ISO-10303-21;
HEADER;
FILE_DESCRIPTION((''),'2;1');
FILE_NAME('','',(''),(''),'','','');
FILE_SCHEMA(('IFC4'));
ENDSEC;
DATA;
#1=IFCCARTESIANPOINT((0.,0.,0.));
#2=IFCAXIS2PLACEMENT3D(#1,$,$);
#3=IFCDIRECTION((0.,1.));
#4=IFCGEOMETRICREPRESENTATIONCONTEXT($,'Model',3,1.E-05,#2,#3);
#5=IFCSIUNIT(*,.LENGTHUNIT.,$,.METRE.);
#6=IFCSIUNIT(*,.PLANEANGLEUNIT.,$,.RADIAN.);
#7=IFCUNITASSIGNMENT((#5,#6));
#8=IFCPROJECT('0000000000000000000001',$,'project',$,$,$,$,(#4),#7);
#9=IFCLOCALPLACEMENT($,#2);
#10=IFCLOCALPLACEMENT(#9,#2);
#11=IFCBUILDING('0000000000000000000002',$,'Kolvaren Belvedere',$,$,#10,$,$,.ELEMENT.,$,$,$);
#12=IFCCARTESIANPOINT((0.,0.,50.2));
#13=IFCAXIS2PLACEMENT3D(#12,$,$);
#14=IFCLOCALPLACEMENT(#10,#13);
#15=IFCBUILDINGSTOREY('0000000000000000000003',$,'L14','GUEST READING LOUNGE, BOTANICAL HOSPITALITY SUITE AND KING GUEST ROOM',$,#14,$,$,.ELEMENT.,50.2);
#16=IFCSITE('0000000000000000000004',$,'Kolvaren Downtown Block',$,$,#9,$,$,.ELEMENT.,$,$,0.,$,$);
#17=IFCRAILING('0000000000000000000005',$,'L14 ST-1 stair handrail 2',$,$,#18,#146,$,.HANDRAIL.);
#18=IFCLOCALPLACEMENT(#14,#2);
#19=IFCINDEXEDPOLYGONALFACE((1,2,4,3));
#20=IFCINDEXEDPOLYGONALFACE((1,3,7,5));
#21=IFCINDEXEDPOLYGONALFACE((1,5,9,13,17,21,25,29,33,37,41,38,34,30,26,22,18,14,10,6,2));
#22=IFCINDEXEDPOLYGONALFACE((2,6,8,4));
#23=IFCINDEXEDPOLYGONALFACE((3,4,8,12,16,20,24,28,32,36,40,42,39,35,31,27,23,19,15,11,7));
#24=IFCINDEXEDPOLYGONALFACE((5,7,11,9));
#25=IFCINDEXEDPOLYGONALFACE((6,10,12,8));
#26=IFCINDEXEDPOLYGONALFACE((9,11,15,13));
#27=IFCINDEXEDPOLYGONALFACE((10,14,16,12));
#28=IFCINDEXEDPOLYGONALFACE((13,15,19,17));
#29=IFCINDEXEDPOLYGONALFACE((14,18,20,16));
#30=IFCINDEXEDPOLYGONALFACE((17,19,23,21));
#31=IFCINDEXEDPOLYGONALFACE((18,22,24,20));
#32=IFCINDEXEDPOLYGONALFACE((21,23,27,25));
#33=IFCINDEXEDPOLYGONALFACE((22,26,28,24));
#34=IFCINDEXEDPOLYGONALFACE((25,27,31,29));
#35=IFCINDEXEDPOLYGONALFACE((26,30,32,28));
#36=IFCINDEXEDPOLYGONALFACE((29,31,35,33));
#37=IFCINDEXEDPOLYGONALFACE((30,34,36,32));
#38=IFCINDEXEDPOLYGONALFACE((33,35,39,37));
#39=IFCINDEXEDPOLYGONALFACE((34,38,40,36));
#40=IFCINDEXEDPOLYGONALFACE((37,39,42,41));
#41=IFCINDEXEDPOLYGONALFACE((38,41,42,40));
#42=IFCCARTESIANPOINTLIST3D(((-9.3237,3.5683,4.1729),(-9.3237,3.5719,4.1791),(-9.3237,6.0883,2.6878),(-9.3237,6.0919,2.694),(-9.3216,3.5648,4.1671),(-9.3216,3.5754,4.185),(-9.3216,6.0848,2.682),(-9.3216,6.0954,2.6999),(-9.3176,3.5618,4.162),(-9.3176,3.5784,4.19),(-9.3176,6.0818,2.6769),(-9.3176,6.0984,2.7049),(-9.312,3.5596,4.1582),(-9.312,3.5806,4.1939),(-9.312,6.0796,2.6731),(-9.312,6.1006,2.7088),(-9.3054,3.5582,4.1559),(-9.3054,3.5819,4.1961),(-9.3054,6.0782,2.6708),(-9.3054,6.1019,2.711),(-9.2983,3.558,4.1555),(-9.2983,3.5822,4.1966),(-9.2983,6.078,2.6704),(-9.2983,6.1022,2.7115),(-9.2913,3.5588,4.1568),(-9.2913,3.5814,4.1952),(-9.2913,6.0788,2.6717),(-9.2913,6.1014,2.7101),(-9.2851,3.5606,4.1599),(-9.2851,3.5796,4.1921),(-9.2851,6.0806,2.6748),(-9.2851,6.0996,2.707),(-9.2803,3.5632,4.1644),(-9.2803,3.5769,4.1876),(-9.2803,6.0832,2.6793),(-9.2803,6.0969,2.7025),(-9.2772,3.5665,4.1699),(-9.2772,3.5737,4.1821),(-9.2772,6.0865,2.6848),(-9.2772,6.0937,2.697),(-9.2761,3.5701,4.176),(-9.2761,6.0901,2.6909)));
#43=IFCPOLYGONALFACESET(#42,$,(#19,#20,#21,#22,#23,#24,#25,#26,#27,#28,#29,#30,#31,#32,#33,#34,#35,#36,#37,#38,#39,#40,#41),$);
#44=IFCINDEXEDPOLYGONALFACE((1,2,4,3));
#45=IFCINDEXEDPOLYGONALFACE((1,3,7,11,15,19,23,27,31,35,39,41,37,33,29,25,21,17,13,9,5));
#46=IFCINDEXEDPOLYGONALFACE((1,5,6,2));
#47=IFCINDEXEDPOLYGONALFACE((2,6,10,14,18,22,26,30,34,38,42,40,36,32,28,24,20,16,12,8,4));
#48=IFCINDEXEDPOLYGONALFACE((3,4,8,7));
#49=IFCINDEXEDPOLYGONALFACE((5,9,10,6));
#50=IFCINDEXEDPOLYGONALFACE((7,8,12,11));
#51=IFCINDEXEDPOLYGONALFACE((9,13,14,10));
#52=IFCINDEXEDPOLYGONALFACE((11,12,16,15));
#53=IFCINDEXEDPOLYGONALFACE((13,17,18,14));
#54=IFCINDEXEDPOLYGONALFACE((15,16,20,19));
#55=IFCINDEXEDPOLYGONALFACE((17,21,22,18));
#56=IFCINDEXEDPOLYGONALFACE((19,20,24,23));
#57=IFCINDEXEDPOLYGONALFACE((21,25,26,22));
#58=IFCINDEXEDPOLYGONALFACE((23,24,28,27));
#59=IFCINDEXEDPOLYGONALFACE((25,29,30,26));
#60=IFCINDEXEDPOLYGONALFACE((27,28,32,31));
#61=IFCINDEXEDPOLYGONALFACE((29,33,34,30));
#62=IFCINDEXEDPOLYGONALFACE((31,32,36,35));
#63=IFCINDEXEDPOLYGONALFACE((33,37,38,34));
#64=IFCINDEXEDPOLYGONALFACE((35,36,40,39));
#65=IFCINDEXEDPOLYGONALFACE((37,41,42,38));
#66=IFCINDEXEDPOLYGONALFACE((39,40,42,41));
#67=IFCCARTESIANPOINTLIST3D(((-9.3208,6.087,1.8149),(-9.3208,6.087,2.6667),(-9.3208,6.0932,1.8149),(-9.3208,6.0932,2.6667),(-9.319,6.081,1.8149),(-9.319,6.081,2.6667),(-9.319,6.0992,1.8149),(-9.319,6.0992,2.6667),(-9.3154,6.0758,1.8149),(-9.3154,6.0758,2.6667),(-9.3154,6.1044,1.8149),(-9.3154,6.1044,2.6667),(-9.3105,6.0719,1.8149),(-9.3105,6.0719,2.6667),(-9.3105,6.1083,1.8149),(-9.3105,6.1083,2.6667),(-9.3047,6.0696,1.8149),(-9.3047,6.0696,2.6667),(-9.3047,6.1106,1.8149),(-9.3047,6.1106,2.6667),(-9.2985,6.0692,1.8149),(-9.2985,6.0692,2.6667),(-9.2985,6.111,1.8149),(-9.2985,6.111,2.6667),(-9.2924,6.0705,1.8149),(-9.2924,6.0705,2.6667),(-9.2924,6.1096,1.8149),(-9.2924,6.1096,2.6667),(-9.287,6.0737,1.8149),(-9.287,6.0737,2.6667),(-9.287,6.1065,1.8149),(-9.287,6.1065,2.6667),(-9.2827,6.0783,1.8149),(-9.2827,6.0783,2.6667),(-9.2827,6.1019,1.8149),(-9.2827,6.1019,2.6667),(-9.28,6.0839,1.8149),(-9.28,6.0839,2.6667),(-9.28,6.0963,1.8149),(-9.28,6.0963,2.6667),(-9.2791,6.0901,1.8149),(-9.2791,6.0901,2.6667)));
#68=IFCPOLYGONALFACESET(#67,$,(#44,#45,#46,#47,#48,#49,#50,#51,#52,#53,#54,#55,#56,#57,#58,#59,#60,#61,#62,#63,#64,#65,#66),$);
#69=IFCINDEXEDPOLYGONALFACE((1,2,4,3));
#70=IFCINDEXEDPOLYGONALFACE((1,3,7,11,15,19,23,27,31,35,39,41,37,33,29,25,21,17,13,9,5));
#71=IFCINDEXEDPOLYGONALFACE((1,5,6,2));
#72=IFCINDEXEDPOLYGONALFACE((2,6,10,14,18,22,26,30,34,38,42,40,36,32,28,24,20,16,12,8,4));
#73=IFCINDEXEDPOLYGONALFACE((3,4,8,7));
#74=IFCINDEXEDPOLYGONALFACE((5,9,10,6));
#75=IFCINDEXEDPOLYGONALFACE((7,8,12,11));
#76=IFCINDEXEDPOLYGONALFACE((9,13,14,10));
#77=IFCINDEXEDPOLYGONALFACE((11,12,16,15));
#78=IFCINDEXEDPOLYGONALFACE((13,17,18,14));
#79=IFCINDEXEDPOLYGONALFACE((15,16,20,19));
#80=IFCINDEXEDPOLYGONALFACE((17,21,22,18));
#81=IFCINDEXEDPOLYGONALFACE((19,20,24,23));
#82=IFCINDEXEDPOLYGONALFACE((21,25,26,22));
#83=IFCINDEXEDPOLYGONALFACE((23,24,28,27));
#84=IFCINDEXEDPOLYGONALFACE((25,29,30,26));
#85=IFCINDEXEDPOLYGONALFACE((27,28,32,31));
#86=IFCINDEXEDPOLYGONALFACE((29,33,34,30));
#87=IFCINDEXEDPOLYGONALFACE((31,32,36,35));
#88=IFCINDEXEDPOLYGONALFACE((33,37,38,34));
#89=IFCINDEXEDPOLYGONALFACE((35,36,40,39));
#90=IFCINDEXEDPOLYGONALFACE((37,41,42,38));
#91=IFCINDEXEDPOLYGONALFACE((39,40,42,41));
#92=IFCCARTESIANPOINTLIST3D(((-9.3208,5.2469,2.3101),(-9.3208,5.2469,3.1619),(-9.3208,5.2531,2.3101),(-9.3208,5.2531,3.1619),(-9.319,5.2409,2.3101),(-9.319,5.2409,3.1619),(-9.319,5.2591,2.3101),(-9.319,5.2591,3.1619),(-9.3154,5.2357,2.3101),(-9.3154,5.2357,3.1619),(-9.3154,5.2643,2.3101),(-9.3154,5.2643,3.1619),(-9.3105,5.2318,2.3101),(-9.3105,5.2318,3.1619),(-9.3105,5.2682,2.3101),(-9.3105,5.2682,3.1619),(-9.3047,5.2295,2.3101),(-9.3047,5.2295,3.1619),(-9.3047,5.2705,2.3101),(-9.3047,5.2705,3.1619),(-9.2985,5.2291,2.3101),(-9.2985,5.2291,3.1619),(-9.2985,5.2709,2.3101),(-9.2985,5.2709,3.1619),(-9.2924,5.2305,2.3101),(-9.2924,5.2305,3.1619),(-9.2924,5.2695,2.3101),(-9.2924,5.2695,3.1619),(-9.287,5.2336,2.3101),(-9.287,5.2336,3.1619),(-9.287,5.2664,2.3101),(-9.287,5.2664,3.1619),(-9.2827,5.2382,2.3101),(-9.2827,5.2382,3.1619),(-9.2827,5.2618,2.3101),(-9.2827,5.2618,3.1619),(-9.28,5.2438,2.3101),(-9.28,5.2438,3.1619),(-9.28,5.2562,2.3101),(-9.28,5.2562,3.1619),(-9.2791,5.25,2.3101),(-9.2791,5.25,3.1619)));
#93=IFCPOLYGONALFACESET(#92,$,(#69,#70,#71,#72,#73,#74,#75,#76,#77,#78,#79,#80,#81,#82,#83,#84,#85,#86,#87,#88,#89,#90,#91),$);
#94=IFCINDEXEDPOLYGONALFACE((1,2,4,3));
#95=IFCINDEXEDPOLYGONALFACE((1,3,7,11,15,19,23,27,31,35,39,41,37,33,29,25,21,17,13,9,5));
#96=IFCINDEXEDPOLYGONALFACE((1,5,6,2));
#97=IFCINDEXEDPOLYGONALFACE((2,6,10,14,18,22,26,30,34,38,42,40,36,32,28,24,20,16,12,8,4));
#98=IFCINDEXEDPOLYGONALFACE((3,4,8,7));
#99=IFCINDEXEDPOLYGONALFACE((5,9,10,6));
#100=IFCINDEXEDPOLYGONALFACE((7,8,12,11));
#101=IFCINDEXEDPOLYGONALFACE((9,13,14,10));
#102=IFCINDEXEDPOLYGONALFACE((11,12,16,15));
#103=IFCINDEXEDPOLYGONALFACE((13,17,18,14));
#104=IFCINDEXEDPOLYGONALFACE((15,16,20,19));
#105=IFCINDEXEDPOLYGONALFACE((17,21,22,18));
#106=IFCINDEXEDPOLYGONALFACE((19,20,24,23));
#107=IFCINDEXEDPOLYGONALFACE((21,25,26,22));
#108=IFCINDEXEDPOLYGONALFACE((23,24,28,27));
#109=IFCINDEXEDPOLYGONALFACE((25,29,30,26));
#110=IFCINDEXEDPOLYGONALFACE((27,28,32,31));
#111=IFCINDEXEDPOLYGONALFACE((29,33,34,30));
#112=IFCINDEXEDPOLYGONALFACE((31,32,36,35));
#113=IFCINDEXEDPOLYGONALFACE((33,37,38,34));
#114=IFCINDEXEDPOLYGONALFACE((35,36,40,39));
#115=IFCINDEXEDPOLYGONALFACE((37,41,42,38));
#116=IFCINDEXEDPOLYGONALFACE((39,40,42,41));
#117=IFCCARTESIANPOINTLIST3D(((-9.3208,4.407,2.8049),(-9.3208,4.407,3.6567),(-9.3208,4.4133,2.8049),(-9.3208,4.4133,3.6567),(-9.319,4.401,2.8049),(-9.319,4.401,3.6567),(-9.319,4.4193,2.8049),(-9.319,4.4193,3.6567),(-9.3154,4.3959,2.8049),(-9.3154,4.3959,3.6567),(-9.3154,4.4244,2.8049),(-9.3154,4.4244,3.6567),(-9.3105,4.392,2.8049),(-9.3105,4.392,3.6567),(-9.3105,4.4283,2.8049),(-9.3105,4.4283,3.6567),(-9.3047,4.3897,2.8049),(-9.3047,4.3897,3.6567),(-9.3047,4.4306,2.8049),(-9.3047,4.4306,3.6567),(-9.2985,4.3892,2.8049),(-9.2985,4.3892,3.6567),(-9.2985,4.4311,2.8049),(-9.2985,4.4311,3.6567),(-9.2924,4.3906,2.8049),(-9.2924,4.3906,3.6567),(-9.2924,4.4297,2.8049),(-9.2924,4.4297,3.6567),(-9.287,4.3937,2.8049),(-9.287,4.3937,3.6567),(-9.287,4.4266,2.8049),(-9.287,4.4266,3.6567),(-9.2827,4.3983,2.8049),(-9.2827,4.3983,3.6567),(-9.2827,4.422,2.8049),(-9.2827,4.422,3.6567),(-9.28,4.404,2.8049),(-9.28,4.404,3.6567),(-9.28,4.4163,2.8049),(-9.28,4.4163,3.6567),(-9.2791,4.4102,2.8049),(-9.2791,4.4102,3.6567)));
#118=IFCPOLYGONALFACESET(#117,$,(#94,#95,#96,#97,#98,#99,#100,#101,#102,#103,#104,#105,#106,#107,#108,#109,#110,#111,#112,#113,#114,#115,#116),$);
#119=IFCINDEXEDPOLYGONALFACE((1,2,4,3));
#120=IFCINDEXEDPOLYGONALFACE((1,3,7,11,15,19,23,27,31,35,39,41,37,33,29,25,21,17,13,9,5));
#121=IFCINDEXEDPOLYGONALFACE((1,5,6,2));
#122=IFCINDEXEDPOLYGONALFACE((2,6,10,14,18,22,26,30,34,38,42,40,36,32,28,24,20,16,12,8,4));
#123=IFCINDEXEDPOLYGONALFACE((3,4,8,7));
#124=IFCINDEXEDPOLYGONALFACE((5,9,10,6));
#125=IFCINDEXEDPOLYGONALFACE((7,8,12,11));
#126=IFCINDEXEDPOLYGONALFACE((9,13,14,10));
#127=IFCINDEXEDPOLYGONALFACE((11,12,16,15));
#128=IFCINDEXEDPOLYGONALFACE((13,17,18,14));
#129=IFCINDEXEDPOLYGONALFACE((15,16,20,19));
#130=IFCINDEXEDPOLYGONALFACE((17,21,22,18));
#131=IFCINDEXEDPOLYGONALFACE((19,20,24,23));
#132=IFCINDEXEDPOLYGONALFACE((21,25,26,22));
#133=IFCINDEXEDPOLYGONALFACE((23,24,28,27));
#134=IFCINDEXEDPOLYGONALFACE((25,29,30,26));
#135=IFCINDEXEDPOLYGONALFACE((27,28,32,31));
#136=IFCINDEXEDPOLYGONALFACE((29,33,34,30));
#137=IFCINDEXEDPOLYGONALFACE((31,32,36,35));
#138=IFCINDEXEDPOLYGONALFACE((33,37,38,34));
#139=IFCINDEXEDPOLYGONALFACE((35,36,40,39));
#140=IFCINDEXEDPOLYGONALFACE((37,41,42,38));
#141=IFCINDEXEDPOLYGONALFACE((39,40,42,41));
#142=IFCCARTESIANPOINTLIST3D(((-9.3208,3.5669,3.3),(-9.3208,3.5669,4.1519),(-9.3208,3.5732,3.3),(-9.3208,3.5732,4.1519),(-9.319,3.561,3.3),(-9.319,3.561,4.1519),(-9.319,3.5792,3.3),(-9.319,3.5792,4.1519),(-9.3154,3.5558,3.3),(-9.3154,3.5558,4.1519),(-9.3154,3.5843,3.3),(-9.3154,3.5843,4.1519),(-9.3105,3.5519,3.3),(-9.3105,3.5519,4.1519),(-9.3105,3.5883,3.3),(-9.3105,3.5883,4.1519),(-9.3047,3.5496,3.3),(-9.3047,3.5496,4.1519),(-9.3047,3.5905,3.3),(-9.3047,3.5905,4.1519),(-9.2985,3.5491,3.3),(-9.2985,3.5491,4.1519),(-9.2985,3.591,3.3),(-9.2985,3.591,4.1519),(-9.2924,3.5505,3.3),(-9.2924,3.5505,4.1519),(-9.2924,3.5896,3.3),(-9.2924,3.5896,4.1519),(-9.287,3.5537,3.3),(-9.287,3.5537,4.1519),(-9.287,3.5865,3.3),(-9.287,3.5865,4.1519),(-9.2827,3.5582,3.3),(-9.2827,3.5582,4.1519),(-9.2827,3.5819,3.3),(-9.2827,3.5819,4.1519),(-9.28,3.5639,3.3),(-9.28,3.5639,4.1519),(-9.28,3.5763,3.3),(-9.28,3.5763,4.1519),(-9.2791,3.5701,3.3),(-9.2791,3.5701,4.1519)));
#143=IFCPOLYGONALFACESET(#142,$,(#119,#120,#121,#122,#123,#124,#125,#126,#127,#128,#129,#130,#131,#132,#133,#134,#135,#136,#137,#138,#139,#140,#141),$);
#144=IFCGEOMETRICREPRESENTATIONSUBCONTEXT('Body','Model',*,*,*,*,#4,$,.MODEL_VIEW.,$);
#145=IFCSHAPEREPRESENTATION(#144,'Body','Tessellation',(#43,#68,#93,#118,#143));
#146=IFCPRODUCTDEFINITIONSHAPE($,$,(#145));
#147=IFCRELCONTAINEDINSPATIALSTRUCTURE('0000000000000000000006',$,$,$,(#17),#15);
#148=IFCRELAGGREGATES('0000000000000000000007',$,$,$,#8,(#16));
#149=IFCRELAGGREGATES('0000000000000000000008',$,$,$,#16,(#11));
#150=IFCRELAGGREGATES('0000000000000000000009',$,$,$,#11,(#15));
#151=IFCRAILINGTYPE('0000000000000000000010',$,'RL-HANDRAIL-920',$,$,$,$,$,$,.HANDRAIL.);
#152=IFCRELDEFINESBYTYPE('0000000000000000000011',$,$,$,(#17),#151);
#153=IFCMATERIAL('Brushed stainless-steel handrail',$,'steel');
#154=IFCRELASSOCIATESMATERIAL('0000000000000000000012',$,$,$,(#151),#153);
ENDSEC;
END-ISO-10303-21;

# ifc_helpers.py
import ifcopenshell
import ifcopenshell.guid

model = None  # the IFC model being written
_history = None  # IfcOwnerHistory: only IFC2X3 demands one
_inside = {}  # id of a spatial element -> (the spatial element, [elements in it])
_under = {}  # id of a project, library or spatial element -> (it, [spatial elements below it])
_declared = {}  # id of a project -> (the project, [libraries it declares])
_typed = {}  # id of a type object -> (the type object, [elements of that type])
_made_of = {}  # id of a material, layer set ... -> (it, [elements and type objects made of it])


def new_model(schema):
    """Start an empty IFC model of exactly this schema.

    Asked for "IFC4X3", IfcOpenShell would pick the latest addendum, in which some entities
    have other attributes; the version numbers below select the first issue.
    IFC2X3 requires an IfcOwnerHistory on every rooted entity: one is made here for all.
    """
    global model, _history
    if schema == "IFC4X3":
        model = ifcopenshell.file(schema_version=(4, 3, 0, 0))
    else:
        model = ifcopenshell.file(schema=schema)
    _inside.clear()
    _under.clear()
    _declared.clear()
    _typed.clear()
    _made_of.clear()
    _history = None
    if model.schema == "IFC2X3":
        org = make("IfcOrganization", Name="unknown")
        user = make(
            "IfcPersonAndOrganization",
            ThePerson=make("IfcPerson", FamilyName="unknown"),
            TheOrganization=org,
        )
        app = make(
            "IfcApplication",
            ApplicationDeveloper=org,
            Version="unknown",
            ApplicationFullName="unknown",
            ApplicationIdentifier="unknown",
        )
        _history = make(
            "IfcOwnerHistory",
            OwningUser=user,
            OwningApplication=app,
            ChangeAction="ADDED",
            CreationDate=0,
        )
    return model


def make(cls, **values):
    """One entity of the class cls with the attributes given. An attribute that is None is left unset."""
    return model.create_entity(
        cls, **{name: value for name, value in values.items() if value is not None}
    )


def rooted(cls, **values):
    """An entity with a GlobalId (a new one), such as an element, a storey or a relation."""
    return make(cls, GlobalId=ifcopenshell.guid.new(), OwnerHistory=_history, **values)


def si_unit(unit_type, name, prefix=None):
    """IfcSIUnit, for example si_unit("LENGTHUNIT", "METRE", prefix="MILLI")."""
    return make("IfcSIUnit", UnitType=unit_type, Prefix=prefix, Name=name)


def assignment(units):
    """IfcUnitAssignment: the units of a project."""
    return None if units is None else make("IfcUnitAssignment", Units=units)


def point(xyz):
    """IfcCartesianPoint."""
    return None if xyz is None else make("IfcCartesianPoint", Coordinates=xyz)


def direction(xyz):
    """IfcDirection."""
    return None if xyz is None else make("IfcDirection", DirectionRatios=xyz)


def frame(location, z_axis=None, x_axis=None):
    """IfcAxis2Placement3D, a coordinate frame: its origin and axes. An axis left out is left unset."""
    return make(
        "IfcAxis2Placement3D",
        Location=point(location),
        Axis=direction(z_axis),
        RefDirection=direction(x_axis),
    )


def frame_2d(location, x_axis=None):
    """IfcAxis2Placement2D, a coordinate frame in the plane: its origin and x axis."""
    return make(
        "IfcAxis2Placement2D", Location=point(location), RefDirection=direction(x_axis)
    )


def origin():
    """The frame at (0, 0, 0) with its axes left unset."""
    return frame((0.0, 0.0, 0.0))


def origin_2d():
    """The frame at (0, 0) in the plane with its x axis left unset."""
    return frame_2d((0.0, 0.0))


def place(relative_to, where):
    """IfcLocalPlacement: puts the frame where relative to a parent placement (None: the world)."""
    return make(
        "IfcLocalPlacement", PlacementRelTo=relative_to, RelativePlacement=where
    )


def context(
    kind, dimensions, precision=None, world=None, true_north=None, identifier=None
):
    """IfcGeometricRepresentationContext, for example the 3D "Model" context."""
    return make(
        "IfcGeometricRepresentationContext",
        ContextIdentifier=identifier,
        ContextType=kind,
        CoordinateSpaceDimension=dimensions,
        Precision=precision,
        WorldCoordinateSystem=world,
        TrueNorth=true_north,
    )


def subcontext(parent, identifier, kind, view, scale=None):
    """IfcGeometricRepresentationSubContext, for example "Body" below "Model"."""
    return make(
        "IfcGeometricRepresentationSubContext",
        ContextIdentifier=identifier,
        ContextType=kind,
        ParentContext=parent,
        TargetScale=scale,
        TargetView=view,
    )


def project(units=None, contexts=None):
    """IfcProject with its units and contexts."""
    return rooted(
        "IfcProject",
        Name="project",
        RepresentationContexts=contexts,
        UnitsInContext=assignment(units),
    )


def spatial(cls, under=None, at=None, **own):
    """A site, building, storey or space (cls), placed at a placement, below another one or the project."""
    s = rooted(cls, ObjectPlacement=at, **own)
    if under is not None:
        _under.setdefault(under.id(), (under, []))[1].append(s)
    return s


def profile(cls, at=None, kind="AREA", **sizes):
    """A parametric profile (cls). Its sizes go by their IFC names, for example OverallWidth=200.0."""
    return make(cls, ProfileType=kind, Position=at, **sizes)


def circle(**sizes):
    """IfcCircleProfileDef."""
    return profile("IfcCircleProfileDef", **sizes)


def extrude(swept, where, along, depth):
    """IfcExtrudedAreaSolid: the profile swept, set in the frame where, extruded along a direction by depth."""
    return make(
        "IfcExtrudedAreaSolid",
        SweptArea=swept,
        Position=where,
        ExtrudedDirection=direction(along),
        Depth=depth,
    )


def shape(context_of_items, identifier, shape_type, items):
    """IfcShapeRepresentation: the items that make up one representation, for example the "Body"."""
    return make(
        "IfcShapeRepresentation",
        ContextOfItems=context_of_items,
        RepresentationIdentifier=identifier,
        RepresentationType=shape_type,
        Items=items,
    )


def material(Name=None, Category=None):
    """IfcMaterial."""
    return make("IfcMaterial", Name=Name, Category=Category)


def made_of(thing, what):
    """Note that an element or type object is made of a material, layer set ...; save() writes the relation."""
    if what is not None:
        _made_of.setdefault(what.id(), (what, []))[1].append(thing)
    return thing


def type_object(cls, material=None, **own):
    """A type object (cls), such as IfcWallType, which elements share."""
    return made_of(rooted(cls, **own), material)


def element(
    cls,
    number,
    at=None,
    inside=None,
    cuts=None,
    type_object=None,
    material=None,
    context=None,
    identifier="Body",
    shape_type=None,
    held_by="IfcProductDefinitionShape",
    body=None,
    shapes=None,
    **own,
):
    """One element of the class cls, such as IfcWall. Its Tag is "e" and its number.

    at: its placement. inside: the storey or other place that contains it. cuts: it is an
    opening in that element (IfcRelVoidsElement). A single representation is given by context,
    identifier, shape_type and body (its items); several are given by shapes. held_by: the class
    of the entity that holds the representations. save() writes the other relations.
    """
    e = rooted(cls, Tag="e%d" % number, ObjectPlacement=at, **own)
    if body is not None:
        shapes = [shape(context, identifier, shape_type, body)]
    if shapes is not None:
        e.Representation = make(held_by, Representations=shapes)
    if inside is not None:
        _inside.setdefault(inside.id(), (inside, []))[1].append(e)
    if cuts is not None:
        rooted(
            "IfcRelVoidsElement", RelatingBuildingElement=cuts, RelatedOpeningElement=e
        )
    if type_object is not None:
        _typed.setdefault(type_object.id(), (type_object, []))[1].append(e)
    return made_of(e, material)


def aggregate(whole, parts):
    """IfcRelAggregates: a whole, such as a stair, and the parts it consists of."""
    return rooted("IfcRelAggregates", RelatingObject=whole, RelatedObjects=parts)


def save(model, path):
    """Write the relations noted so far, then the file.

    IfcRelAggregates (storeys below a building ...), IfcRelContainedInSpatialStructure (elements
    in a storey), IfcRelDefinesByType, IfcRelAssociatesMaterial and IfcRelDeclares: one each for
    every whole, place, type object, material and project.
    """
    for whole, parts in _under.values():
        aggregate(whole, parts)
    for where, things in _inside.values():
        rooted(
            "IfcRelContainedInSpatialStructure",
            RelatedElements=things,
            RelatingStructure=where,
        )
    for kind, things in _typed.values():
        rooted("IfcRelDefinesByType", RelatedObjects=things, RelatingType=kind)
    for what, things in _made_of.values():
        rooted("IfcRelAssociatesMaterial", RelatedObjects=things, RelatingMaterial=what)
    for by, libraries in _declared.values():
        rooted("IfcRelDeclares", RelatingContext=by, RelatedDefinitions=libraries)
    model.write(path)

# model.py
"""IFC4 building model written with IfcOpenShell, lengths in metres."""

from ifc_helpers import new_model, si_unit, direction, frame, origin, origin_2d, place, context, subcontext, project, spatial, circle, extrude, material, type_object, element, save


model = new_model("IFC4")

# Units and contexts
model_context = context("Model", 3, precision=1e-05, world=origin(), true_north=direction((0.0, 1.0)))
body_context = subcontext(model_context, "Body", "Model", "MODEL_VIEW")
ifc_project = project(units=[si_unit("LENGTHUNIT", "METRE"), si_unit("PLANEANGLEUNIT", "RADIAN")], contexts=[model_context])

# Site, building, storey
site_placement = place(None, origin())
site = spatial("IfcSite", under=ifc_project, at=site_placement, Name="Kolvaren Downtown Block", CompositionType="ELEMENT", RefElevation=0.0)
building_placement = place(site_placement, origin())
building = spatial("IfcBuilding", under=site, at=building_placement, Name="Kolvaren Belvedere", CompositionType="ELEMENT")
storey_placement = place(building_placement, frame((0.0, 0.0, 50.2)))
storey = spatial("IfcBuildingStorey", under=building, at=storey_placement, Name="L14", Description="GUEST READING LOUNGE, BOTANICAL HOSPITALITY SUITE AND KING GUEST ROOM", CompositionType="ELEMENT", Elevation=50.2)

# Railing
ifc_material_1 = material(Name="Brushed stainless-steel handrail", Category="steel")
railing_type_1 = type_object("IfcRailingType", Name="RL-HANDRAIL-920", PredefinedType="HANDRAIL", material=ifc_material_1)
railing_1_placement = place(storey_placement, frame((-9.3, 6.0901, 1.8149)))
element("IfcRailing", 1, at=railing_1_placement, inside=storey, type_object=railing_type_1, Name="L14 ST-1 stair handrail 2", PredefinedType="HANDRAIL", context=body_context, shape_type="SweptSolid", body=[
    extrude(circle(Radius=0.0239, at=origin_2d()), frame((0.0, 0.0, 0.876), z_axis=(0.0, -0.861524, 0.507717), x_axis=(1.0, 0.0, 0.0)), (0.0, 0.0, 1.0), 2.925),
    extrude(circle(Radius=0.021, at=origin_2d()), origin(), (0.0, 0.0, 1.0), 0.8518),
    extrude(circle(Radius=0.021, at=origin_2d()), frame((0.0, -0.8401, 0.4951)), (0.0, 0.0, 1.0), 0.8518),
    extrude(circle(Radius=0.021, at=origin_2d()), frame((0.0, -1.6799, 0.99)), (0.0, 0.0, 1.0), 0.8518),
    extrude(circle(Radius=0.021, at=origin_2d()), frame((0.0, -2.52, 1.4851)), (0.0, 0.0, 1.0), 0.8518),
])

save(model, "model.ifc")
